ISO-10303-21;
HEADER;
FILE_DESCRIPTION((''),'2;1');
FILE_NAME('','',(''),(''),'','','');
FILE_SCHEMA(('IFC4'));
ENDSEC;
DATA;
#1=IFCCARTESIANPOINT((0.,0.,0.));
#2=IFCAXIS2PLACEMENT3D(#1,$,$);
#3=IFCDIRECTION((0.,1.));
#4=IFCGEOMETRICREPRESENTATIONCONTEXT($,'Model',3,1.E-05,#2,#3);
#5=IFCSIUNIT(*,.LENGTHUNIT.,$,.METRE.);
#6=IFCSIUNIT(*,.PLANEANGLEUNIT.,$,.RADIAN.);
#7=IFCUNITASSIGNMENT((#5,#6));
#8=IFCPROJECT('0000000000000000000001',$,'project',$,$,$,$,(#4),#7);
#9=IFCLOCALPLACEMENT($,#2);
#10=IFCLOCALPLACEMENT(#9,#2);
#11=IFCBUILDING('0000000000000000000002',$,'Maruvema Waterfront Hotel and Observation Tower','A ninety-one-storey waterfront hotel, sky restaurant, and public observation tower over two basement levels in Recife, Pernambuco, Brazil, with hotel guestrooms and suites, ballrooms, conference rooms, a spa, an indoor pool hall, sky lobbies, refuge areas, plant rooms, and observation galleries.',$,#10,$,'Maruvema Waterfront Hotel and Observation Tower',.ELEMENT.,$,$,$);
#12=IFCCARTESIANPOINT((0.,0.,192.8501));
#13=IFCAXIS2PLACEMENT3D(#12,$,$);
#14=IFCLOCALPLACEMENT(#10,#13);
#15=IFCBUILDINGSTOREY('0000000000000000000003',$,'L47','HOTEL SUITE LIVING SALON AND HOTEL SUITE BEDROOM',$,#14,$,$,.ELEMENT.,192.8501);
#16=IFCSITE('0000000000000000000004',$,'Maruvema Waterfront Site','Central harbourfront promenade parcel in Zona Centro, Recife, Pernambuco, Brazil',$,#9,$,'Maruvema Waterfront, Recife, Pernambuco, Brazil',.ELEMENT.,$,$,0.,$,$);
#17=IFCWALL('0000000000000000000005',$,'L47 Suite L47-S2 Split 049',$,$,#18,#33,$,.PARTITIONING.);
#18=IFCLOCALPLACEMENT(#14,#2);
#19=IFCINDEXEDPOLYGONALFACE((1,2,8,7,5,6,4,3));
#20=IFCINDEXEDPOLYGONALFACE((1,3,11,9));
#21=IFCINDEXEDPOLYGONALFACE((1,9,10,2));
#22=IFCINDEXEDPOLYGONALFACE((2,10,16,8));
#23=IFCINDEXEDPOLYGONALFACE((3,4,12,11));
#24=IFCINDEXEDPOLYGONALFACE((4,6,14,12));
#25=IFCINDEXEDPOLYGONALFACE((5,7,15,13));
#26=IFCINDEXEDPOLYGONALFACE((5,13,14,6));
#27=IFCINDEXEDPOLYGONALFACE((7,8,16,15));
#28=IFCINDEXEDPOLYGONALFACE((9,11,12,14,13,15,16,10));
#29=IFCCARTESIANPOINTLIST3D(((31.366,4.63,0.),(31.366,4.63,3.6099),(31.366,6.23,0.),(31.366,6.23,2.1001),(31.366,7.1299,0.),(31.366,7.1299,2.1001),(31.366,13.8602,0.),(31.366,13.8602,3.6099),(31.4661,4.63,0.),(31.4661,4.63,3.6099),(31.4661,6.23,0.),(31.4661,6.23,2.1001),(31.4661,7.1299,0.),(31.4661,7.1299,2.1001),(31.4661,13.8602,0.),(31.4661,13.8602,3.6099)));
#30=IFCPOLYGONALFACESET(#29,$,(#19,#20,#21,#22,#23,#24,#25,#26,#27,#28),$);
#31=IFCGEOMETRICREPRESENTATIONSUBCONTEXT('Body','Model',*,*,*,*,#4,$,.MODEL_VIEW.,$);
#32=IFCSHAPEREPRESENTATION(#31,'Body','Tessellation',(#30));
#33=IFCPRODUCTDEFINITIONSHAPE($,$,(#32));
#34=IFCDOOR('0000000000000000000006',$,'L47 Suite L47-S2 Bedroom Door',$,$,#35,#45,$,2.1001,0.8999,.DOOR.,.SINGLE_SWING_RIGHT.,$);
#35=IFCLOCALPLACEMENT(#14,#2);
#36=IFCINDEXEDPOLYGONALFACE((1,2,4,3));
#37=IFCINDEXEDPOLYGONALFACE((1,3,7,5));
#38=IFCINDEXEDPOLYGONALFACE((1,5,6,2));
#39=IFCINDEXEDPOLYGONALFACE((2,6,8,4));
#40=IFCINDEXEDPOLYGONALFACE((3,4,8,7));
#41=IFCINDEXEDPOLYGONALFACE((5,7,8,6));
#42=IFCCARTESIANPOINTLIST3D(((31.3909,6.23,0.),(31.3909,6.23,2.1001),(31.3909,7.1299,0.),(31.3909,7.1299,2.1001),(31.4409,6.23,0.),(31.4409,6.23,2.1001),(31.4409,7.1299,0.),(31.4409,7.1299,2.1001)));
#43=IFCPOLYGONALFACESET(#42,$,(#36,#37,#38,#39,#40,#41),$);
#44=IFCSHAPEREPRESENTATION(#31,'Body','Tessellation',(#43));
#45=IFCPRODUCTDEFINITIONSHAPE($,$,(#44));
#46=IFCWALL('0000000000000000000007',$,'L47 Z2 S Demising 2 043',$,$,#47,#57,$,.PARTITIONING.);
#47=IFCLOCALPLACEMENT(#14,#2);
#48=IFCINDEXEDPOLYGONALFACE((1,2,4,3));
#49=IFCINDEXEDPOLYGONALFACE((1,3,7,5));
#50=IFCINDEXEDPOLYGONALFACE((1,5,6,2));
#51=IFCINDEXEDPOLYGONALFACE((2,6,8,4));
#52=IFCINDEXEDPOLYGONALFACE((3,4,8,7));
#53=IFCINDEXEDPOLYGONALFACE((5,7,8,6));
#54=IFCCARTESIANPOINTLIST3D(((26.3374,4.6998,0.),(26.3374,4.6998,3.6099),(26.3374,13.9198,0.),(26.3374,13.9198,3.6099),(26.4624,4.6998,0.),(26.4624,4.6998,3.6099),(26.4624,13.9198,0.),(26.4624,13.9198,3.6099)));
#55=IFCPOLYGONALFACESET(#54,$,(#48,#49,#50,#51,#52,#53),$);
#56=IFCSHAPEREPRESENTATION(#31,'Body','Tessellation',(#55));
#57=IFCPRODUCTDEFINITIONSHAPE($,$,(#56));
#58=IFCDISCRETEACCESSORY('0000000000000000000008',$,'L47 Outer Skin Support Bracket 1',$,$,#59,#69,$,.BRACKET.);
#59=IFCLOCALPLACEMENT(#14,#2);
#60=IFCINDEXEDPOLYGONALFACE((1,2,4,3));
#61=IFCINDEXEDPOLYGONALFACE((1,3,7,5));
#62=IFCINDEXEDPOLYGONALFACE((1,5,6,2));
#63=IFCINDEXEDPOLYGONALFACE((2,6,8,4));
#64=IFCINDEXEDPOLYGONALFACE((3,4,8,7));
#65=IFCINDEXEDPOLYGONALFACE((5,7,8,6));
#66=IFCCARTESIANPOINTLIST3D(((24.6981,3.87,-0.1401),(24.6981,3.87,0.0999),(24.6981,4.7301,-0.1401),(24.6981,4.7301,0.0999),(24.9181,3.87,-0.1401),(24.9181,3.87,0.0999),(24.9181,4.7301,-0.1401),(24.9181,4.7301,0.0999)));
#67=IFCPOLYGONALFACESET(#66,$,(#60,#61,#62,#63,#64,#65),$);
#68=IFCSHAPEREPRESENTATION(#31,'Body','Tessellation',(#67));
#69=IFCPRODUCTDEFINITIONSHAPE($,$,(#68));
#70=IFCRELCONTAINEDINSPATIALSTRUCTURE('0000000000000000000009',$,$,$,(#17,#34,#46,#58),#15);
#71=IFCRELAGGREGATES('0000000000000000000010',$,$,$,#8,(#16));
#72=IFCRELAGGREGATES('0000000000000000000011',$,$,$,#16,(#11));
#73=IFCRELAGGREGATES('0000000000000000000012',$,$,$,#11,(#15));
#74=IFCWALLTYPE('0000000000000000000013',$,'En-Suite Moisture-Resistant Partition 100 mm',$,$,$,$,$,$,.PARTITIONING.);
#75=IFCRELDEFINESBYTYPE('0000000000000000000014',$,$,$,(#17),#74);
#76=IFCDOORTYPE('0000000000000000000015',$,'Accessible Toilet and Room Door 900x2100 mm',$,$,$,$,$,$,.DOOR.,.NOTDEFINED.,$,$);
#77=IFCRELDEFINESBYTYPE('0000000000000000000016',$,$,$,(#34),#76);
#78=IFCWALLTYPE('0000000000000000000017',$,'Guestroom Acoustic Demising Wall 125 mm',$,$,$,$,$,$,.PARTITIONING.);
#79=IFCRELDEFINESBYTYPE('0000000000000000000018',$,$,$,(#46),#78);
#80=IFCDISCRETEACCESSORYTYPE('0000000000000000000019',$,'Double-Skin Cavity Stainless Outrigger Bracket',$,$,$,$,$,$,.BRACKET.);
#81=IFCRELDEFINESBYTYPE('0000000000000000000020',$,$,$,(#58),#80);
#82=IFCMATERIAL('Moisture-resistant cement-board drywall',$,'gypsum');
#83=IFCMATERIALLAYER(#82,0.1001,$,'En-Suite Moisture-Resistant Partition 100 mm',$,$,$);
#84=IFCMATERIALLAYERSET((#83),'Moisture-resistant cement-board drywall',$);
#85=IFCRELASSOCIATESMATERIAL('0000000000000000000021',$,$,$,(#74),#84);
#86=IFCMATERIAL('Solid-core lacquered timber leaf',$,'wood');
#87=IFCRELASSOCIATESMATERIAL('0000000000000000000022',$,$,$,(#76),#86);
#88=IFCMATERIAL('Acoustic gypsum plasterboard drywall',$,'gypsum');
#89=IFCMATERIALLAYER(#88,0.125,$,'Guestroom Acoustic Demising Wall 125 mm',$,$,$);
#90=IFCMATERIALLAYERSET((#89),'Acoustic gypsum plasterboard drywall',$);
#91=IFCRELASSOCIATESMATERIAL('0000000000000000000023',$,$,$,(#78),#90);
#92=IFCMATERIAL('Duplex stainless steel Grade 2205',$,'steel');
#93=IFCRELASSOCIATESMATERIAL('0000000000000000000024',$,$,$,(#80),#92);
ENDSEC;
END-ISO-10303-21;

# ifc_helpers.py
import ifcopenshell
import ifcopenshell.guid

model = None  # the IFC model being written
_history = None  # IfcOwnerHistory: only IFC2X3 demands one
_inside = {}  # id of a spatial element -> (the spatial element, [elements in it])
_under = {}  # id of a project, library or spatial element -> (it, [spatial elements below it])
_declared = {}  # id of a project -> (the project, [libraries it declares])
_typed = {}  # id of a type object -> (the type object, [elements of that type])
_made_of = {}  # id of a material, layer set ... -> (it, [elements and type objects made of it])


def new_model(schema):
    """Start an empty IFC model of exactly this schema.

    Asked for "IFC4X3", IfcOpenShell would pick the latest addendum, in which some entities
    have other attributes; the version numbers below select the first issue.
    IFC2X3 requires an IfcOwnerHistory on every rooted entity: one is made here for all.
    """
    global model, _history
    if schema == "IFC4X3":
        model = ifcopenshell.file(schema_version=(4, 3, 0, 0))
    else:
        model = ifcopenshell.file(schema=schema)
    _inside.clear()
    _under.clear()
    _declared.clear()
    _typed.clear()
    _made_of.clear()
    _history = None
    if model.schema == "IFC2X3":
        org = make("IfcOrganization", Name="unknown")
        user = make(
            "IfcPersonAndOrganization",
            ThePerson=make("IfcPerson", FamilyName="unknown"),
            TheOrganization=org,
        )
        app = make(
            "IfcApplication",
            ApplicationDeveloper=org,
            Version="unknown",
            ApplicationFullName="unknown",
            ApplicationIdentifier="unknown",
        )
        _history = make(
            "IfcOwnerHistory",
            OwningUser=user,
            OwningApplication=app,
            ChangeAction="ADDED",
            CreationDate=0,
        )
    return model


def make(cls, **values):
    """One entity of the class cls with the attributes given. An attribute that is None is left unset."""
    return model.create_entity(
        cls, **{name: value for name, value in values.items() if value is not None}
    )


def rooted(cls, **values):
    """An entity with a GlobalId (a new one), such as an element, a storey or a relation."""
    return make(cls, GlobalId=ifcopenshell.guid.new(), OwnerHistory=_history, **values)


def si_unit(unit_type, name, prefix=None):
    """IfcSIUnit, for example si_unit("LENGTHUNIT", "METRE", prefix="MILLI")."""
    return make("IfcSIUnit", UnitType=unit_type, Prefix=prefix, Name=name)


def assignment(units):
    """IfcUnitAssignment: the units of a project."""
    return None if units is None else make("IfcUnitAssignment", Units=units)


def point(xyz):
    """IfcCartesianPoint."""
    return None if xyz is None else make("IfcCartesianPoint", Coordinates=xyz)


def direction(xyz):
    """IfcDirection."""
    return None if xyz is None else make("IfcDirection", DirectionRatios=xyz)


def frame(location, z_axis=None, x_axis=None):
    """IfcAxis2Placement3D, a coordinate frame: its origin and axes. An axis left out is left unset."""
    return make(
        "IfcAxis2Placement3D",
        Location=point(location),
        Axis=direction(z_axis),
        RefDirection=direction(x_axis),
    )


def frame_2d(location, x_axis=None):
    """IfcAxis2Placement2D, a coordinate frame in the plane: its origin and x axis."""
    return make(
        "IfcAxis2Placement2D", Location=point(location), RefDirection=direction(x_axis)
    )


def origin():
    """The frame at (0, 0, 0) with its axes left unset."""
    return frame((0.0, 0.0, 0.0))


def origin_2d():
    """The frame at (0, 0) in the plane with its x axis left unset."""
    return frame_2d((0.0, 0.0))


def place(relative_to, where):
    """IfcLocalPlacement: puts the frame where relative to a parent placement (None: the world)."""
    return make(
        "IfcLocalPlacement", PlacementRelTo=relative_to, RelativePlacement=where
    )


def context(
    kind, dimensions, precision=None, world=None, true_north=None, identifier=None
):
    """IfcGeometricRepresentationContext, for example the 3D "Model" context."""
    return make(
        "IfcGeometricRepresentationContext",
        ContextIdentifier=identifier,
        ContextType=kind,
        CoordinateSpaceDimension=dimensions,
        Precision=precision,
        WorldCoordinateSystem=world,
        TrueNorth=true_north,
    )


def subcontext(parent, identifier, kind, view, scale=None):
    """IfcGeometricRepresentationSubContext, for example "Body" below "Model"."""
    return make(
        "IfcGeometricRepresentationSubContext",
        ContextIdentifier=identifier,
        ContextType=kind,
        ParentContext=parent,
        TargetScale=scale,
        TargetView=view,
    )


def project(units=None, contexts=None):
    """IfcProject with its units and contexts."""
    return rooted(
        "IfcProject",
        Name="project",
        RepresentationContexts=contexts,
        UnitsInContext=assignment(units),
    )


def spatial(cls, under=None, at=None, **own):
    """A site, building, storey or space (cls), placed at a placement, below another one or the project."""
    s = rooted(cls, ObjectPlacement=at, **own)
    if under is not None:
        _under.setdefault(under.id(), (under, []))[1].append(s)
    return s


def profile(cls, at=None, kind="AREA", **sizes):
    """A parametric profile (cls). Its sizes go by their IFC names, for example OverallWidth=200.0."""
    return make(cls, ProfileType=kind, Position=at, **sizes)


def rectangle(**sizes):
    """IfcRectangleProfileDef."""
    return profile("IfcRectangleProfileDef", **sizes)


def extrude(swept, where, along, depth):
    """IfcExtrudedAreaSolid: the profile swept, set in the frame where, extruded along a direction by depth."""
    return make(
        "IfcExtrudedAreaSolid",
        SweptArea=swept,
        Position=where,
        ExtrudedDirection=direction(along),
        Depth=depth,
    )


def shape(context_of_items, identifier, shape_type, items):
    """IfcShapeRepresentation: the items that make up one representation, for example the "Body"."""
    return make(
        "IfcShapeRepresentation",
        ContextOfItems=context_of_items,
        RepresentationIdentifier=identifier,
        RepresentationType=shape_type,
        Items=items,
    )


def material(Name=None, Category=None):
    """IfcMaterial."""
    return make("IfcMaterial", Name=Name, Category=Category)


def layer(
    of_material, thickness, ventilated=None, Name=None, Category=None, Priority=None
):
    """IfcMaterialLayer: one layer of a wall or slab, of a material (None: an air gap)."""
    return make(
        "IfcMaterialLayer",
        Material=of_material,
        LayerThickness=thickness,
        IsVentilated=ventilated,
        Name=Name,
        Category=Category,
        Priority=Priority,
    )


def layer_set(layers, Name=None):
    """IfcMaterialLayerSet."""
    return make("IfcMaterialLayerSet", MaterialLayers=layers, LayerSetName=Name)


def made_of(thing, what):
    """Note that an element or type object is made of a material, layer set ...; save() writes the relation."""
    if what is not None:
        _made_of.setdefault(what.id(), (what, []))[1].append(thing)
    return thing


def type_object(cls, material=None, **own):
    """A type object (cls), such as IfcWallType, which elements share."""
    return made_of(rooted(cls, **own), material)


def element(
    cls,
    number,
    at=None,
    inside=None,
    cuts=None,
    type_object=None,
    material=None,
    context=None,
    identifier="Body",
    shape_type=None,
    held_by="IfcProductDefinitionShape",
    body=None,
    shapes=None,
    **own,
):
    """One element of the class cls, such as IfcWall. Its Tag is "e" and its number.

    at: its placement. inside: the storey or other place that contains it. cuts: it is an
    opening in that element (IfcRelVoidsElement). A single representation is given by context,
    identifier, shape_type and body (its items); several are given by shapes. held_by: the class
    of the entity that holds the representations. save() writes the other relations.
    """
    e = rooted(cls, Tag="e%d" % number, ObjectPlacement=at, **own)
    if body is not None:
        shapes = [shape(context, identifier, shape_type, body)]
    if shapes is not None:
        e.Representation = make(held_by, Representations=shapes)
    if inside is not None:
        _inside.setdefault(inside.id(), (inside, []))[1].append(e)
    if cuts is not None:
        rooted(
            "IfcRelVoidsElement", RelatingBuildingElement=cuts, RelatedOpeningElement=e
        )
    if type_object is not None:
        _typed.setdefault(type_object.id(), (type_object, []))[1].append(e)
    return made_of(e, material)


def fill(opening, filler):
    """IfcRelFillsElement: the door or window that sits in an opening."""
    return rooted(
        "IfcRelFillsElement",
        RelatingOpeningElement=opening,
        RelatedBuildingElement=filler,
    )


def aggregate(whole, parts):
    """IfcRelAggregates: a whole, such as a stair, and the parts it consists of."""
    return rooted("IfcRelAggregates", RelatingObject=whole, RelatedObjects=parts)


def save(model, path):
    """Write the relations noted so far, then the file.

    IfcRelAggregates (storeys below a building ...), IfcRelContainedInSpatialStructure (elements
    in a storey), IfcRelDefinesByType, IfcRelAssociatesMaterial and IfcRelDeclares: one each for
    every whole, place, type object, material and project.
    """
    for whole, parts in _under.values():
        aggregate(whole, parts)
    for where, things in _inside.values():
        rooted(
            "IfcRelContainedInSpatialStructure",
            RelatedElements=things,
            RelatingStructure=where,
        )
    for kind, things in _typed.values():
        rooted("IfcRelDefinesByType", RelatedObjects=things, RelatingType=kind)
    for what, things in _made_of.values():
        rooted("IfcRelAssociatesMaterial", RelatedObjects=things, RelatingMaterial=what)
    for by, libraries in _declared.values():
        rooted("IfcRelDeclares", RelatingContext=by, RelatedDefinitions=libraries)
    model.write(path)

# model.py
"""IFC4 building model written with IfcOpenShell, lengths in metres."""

from ifc_helpers import new_model, si_unit, direction, frame, frame_2d, origin, origin_2d, place, context, subcontext, project, spatial, rectangle, extrude, material, layer, layer_set, type_object, element, fill, save


model = new_model("IFC4")

# Units and contexts
model_context = context("Model", 3, precision=1e-05, world=origin(), true_north=direction((0.0, 1.0)))
body_context = subcontext(model_context, "Body", "Model", "MODEL_VIEW")
ifc_project = project(units=[si_unit("LENGTHUNIT", "METRE"), si_unit("PLANEANGLEUNIT", "RADIAN")], contexts=[model_context])

# Site, building, storey
site_placement = place(None, origin())
site = spatial("IfcSite", under=ifc_project, at=site_placement, Name="Maruvema Waterfront Site", Description="Central harbourfront promenade parcel in Zona Centro, Recife, Pernambuco, Brazil", LongName="Maruvema Waterfront, Recife, Pernambuco, Brazil", CompositionType="ELEMENT", RefElevation=0.0)
building_placement = place(site_placement, origin())
building = spatial("IfcBuilding", under=site, at=building_placement, Name="Maruvema Waterfront Hotel and Observation Tower", Description="A ninety-one-storey waterfront hotel, sky restaurant, and public observation tower over two basement levels in Recife, Pernambuco, Brazil, with hotel guestrooms and suites, ballrooms, conference rooms, a spa, an indoor pool hall, sky lobbies, refuge areas, plant rooms, and observation galleries.", LongName="Maruvema Waterfront Hotel and Observation Tower", CompositionType="ELEMENT")
storey_placement = place(building_placement, frame((0.0, 0.0, 192.8501)))
storey = spatial("IfcBuildingStorey", under=building, at=storey_placement, Name="L47", Description="HOTEL SUITE LIVING SALON AND HOTEL SUITE BEDROOM", CompositionType="ELEMENT", Elevation=192.8501)

# Shared definitions
ifc_material_1 = material(Name="Moisture-resistant cement-board drywall", Category="gypsum")
ifc_layer_1 = layer(ifc_material_1, 0.1001, Name="En-Suite Moisture-Resistant Partition 100 mm")
ifc_layer_set_1 = layer_set([ifc_layer_1], Name="Moisture-resistant cement-board drywall")
wall_type_1 = type_object("IfcWallType", Name="En-Suite Moisture-Resistant Partition 100 mm", PredefinedType="PARTITIONING", material=ifc_layer_set_1)

# Wall, opening, door
wall_1_placement = place(storey_placement, frame((31.416, 4.6299, 0.0), z_axis=(0.0, 0.0, 1.0), x_axis=(0.0, 1.0, 0.0)))
wall_1 = element("IfcWall", 1, at=wall_1_placement, inside=storey, type_object=wall_type_1, Name="L47 Suite L47-S2 Split 049", PredefinedType="PARTITIONING", context=body_context, shape_type="SweptSolid", body=[
    extrude(rectangle(XDim=9.2302, YDim=0.1001, at=frame_2d((4.6152, 0.0))), origin(), (0.0, 0.0, 1.0), 3.6099),
])
opening_1_placement = place(wall_1_placement, frame((1.6001, 0.0, 0.0)))
opening_1 = element("IfcOpeningElement", 2, at=opening_1_placement, cuts=wall_1, PredefinedType="OPENING", context=body_context, shape_type="SweptSolid", body=[
    extrude(rectangle(XDim=0.8999, YDim=2.1001, at=frame_2d((0.45, 1.05))), frame((0.0, 0.0601, 0.0), z_axis=(0.0, -1.0, 0.0), x_axis=(1.0, 0.0, 0.0)), (0.0, 0.0, 1.0), 0.1201),
])
ifc_material_2 = material(Name="Solid-core lacquered timber leaf", Category="wood")
door_type_1 = type_object("IfcDoorType", Name="Accessible Toilet and Room Door 900x2100 mm", OperationType="NOTDEFINED", PredefinedType="DOOR", material=ifc_material_2)
door_1_placement = place(opening_1_placement, frame((0.8999, 0.0, 0.0), z_axis=(0.0, 0.0, 1.0), x_axis=(-1.0, 0.0, 0.0)))
door_1 = element("IfcDoor", 3, at=door_1_placement, inside=storey, type_object=door_type_1, Name="L47 Suite L47-S2 Bedroom Door", OperationType="SINGLE_SWING_RIGHT", OverallHeight=2.1001, OverallWidth=0.8999, PredefinedType="DOOR", context=body_context, shape_type="SweptSolid", body=[
    extrude(rectangle(XDim=0.8999, YDim=2.1001, at=frame_2d((0.45, 1.05))), frame((0.0, 0.0249, 0.0), z_axis=(0.0, -1.0, 0.0), x_axis=(1.0, 0.0, 0.0)), (0.0, 0.0, 1.0), 0.05),
])
fill(opening_1, door_1)

# Wall
ifc_material_3 = material(Name="Acoustic gypsum plasterboard drywall", Category="gypsum")
ifc_layer_2 = layer(ifc_material_3, 0.125, Name="Guestroom Acoustic Demising Wall 125 mm")
ifc_layer_set_2 = layer_set([ifc_layer_2], Name="Acoustic gypsum plasterboard drywall")
wall_type_2 = type_object("IfcWallType", Name="Guestroom Acoustic Demising Wall 125 mm", PredefinedType="PARTITIONING", material=ifc_layer_set_2)
wall_2_placement = place(storey_placement, frame((26.3999, 4.7, 0.0), z_axis=(0.0, 0.0, 1.0), x_axis=(0.0, 1.0, 0.0)))
element("IfcWall", 4, at=wall_2_placement, inside=storey, type_object=wall_type_2, Name="L47 Z2 S Demising 2 043", PredefinedType="PARTITIONING", context=body_context, shape_type="SweptSolid", body=[
    extrude(rectangle(XDim=9.22, YDim=0.125, at=frame_2d((4.6099, 0.0))), origin(), (0.0, 0.0, 1.0), 3.6099),
])

# Discrete accessory
ifc_material_4 = material(Name="Duplex stainless steel Grade 2205", Category="steel")
discrete_accessory_type = type_object("IfcDiscreteAccessoryType", Name="Double-Skin Cavity Stainless Outrigger Bracket", PredefinedType="BRACKET", material=ifc_material_4)
discrete_accessory_placement = place(storey_placement, frame((24.8081, 4.3, -0.1401), z_axis=(0.0, 0.0, 1.0), x_axis=(1.0, 0.0, 0.0)))
element("IfcDiscreteAccessory", 5, at=discrete_accessory_placement, inside=storey, type_object=discrete_accessory_type, Name="L47 Outer Skin Support Bracket 1", PredefinedType="BRACKET", context=body_context, shape_type="SweptSolid", body=[
    extrude(rectangle(XDim=0.22, YDim=0.8601, at=origin_2d()), origin(), (0.0, 0.0, 1.0), 0.24),
])

save(model, "model.ifc")
